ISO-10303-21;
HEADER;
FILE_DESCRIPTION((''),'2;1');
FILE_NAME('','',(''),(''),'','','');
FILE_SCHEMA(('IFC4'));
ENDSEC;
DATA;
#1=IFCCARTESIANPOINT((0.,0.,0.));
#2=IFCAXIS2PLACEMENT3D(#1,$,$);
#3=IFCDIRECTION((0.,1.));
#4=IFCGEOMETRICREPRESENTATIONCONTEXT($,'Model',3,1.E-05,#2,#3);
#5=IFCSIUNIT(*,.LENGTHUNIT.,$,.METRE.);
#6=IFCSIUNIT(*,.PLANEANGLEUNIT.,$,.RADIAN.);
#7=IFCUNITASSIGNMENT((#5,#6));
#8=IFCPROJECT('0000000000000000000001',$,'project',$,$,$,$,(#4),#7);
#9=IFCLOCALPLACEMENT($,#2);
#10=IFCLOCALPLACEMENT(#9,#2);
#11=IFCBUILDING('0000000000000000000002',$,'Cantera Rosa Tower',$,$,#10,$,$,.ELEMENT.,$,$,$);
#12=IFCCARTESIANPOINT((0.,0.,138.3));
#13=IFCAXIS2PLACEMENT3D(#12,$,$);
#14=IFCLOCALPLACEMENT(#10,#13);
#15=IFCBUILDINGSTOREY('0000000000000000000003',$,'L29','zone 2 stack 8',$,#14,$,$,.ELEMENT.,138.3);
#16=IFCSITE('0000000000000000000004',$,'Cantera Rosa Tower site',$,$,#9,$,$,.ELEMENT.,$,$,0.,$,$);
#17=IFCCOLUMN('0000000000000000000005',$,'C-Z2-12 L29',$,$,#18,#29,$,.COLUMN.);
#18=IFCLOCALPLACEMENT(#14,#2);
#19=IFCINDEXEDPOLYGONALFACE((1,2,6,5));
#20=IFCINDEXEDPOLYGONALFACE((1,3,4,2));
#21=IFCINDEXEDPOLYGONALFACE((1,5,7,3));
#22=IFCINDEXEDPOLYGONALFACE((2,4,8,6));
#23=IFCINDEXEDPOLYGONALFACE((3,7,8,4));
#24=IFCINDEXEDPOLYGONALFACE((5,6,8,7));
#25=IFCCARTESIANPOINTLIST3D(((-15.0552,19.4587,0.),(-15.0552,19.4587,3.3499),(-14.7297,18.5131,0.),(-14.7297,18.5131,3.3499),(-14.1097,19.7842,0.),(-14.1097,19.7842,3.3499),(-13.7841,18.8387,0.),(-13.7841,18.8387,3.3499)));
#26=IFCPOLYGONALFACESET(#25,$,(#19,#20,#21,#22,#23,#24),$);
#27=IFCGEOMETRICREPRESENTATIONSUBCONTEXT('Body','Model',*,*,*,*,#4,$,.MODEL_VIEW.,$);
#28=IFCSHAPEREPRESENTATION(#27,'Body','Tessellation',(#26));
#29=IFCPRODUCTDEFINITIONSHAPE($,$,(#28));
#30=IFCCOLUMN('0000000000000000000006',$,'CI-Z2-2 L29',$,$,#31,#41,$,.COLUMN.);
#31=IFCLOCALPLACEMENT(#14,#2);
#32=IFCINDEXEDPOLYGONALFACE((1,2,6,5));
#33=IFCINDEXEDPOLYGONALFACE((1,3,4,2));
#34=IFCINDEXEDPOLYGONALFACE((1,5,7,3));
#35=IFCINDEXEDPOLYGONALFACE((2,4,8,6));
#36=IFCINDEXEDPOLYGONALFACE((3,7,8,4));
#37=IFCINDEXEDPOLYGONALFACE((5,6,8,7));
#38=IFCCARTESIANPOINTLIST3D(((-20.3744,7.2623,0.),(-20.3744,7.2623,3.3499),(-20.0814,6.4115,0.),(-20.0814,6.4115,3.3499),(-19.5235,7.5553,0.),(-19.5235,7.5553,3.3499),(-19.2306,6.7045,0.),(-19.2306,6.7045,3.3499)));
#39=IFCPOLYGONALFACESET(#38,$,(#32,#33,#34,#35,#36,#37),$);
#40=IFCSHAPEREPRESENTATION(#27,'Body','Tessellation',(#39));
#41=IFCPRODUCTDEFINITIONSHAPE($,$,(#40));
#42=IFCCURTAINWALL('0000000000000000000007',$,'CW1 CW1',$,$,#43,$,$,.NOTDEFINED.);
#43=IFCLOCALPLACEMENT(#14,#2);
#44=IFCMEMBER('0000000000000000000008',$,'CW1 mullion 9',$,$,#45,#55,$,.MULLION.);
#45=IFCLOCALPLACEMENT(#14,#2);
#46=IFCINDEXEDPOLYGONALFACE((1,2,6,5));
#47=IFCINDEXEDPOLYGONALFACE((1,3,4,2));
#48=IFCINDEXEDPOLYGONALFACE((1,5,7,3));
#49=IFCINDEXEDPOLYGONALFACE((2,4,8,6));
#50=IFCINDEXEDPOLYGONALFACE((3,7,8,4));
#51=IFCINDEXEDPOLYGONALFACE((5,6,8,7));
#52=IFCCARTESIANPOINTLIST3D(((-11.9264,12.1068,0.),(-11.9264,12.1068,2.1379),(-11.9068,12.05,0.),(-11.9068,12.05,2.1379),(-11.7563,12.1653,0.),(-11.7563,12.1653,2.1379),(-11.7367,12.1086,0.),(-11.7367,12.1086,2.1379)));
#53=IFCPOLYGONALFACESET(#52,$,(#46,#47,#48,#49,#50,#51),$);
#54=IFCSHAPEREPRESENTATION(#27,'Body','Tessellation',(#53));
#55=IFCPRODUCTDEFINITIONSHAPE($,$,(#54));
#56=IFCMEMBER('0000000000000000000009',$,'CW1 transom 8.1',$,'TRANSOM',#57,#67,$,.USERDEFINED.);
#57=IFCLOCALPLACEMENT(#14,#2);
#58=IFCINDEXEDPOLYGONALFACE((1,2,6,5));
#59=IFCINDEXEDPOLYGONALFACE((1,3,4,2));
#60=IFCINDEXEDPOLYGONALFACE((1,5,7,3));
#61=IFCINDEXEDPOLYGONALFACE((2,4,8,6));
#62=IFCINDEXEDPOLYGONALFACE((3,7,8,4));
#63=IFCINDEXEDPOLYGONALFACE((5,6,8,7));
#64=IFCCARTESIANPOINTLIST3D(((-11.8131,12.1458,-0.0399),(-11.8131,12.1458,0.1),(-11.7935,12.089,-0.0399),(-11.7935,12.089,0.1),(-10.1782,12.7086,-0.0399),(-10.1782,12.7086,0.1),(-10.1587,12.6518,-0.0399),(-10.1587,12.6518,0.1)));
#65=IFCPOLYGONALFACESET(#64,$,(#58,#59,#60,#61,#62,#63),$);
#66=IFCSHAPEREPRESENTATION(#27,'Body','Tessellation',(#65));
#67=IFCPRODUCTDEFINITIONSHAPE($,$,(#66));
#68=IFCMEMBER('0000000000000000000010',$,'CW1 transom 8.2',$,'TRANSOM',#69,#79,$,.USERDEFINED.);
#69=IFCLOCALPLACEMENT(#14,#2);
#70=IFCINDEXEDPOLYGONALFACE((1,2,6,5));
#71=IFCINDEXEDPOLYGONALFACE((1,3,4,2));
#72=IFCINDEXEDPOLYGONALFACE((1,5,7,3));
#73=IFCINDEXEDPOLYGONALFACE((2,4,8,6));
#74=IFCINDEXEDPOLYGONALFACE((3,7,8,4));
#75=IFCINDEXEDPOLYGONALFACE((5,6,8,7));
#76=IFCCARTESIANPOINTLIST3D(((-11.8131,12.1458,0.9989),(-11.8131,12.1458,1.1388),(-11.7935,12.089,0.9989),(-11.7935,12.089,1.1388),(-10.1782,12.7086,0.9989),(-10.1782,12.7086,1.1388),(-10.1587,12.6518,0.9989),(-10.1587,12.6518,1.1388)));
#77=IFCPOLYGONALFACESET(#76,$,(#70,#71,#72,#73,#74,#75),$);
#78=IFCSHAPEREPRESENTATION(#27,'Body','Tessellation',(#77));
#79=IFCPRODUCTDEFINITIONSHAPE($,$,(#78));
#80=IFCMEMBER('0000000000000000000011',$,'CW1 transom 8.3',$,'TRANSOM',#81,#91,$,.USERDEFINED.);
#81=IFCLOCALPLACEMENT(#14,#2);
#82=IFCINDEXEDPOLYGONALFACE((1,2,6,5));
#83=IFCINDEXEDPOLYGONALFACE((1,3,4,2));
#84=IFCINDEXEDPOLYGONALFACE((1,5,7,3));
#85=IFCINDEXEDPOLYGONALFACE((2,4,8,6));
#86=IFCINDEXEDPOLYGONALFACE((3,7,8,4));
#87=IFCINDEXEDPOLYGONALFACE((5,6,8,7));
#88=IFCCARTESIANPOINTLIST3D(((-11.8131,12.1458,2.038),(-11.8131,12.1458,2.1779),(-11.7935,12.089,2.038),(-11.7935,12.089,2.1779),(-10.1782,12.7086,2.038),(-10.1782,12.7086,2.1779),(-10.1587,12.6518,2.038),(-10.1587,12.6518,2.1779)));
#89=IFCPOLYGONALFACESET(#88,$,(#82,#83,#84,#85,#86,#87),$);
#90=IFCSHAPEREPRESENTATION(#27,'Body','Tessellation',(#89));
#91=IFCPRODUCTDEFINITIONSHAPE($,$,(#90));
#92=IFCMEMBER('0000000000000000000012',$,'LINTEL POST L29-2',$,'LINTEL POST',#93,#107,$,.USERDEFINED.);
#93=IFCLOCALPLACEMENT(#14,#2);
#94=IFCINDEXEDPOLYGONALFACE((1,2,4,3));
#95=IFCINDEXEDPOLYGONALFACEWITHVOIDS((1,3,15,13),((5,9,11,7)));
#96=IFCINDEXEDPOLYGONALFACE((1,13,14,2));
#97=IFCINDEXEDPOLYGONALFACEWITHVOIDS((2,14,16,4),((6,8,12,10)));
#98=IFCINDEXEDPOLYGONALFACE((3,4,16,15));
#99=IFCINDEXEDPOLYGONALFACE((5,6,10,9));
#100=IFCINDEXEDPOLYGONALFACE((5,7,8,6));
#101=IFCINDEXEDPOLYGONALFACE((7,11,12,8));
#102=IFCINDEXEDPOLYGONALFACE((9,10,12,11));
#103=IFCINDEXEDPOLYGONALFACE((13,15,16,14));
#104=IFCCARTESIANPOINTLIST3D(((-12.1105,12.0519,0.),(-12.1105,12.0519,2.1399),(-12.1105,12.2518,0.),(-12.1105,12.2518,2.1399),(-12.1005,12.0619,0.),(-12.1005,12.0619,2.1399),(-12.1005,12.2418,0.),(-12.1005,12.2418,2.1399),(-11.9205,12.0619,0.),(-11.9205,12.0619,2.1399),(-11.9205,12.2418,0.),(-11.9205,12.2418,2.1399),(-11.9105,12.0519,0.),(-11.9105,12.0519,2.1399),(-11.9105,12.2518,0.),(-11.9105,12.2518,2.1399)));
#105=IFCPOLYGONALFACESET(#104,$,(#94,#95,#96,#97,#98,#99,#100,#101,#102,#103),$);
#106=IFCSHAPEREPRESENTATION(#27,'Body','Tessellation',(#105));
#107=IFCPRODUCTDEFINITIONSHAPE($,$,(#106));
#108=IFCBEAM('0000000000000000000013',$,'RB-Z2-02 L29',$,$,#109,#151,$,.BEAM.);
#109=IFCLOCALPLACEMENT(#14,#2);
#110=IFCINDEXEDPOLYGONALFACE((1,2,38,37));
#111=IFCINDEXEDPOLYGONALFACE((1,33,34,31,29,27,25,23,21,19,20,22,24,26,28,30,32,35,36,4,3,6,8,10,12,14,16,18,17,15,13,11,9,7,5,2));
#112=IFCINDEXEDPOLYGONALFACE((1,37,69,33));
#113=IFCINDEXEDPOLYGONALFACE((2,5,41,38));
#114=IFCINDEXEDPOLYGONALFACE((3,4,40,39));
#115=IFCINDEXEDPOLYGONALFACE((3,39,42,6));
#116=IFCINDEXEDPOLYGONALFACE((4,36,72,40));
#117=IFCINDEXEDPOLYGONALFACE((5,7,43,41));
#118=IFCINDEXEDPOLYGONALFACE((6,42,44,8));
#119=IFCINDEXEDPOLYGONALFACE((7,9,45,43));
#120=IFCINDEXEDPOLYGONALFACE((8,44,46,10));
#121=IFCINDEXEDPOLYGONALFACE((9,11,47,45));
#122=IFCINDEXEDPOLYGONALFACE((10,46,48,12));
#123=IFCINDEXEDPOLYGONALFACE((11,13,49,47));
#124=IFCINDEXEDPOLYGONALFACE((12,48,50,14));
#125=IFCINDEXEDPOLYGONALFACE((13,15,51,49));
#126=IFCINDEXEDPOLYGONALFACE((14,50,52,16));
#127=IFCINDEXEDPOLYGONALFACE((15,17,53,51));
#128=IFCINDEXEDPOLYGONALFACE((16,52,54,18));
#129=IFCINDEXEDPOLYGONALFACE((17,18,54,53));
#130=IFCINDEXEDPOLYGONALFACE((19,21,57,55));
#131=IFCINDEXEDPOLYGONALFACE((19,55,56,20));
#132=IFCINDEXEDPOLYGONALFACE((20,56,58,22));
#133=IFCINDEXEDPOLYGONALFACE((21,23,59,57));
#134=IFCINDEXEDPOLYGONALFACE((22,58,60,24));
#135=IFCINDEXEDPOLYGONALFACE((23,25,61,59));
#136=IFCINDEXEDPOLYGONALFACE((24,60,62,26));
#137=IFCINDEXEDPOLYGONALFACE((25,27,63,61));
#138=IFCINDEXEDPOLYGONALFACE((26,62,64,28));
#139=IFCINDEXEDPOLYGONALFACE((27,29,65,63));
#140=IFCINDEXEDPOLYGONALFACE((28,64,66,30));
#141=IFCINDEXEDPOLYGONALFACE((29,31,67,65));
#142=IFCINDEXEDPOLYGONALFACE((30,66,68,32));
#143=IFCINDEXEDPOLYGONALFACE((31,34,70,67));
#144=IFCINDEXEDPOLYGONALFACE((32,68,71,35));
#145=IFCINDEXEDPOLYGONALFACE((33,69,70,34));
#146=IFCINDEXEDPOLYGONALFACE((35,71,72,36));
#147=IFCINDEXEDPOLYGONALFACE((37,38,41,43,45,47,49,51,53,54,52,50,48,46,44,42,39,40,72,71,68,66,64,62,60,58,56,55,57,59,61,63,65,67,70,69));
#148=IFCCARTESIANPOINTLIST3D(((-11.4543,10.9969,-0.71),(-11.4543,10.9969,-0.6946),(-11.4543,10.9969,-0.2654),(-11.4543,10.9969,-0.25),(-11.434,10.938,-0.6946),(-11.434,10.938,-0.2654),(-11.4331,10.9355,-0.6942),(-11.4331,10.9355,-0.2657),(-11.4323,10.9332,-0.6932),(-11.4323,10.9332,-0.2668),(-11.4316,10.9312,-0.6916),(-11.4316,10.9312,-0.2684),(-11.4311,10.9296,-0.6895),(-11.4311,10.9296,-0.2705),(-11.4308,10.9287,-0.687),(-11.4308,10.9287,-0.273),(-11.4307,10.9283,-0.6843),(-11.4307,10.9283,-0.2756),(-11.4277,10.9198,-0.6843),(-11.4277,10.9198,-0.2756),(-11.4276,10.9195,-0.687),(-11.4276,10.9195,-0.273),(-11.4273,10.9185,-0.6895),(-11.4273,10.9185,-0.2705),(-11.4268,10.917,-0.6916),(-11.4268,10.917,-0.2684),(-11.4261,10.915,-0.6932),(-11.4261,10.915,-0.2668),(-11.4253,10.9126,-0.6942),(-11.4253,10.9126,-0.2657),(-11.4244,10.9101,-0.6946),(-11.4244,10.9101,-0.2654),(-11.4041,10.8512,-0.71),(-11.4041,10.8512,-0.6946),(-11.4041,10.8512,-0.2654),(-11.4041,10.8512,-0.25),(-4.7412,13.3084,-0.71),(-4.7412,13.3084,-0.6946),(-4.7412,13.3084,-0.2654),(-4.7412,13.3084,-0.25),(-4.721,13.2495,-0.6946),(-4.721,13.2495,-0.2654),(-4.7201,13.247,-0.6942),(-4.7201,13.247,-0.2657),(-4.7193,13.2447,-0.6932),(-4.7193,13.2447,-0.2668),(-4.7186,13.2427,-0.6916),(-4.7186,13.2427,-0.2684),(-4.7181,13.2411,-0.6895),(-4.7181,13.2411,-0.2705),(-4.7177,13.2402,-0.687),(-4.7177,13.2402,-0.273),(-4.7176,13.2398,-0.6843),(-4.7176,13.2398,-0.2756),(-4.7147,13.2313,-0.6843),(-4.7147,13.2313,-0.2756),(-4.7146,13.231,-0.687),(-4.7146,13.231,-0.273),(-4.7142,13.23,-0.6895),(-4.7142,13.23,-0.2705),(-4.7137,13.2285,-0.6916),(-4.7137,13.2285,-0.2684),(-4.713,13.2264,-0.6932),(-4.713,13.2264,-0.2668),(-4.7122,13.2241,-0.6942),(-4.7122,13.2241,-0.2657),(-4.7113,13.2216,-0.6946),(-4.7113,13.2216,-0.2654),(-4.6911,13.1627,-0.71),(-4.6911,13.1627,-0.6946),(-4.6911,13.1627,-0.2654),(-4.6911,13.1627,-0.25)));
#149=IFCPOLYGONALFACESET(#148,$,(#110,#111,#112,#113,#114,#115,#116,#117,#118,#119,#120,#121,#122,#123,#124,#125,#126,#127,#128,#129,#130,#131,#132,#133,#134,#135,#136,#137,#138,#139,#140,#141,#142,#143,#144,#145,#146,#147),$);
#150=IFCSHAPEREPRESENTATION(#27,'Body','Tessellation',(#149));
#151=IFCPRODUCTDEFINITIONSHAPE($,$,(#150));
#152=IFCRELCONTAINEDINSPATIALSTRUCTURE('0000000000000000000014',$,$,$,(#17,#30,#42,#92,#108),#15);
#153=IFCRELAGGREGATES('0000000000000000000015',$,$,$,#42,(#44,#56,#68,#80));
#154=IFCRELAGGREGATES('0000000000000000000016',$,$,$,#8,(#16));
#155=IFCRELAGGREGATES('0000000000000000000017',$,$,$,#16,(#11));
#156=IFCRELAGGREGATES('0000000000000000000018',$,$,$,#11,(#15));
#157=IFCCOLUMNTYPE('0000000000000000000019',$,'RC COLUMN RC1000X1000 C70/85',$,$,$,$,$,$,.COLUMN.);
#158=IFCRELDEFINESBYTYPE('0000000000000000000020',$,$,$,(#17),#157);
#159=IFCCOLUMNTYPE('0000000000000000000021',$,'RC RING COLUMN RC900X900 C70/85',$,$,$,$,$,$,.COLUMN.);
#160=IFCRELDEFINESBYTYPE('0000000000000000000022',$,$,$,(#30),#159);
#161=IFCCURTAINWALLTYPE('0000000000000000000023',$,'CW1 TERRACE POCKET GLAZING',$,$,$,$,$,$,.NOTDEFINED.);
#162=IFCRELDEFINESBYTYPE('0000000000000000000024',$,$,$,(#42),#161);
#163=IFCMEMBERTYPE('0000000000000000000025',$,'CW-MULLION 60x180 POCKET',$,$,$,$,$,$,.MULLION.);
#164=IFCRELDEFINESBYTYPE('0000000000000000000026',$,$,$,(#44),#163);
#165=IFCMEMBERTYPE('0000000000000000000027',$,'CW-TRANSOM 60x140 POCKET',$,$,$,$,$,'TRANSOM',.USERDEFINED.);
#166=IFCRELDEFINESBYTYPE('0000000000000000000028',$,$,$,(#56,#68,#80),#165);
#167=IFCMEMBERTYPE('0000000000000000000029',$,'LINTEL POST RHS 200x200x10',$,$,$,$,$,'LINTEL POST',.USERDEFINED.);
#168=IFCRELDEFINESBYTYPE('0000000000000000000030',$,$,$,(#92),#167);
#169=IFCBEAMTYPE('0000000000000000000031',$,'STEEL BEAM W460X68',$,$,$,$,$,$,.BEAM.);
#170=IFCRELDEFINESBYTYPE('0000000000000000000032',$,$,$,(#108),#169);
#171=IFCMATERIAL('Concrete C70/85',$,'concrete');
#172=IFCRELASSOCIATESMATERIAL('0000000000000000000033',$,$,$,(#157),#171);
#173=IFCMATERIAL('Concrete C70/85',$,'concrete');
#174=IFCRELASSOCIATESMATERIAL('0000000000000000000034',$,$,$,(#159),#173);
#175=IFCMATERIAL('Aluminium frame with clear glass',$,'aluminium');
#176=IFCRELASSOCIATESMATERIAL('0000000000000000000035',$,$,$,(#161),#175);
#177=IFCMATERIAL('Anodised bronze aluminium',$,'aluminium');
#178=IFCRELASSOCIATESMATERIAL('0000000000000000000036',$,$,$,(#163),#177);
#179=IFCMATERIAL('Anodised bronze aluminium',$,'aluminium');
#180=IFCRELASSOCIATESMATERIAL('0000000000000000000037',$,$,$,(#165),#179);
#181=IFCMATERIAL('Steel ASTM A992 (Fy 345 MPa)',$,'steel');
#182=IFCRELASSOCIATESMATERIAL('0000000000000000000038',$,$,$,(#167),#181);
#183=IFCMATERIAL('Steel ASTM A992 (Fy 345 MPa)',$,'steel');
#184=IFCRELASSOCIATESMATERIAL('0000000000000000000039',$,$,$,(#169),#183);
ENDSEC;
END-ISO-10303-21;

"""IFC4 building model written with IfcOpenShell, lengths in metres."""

from ifc_helpers import new_model, si_unit, direction, frame, origin, origin_2d, place, context, subcontext, project, spatial, rectangle, hollow_rectangle, i_section, extrude, material, material_profile, profile_set, type_object, element, aggregate, save


model = new_model("IFC4")

# Units and contexts
model_context = context("Model", 3, precision=1e-05, world=origin(), true_north=direction((0.0, 1.0)))
body_context = subcontext(model_context, "Body", "Model", "MODEL_VIEW")
ifc_project = project(units=[si_unit("LENGTHUNIT", "METRE"), si_unit("PLANEANGLEUNIT", "RADIAN")], contexts=[model_context])

# Site, building, storey
site_placement = place(None, origin())
site = spatial("IfcSite", under=ifc_project, at=site_placement, Name="Cantera Rosa Tower site", CompositionType="ELEMENT", RefElevation=0.0)
building_placement = place(site_placement, origin())
building = spatial("IfcBuilding", under=site, at=building_placement, Name="Cantera Rosa Tower", CompositionType="ELEMENT")
storey_placement = place(building_placement, frame((0.0, 0.0, 138.3)))
storey = spatial("IfcBuildingStorey", under=building, at=storey_placement, Name="L29", Description="zone 2 stack 8", CompositionType="ELEMENT", Elevation=138.3)

# Columns
ifc_material_1 = material(Name="Concrete C70/85", Category="concrete")
ifc_material_profile_1 = material_profile(ifc_material_1, rectangle(XDim=1.0, YDim=1.0, at=origin_2d()), Name="RC COLUMN RC1000X1000 C70/85")
ifc_profile_set_1 = profile_set([ifc_material_profile_1], Name="Concrete C70/85")
column_type_1 = type_object("IfcColumnType", Name="RC COLUMN RC1000X1000 C70/85", PredefinedType="COLUMN", material=ifc_profile_set_1)
column_1_placement = place(storey_placement, frame((-14.4197, 19.1487, 0.0), z_axis=(0.0, 0.0, 1.0), x_axis=(0.945519, 0.325568, 0.0)))
element("IfcColumn", 1, at=column_1_placement, inside=storey, type_object=column_type_1, Name="C-Z2-12 L29", PredefinedType="COLUMN", context=body_context, shape_type="SweptSolid", body=[
    extrude(rectangle(XDim=1.0, YDim=1.0, at=origin_2d()), origin(), (0.0, 0.0, 1.0), 3.3499),
])
ifc_material_2 = material(Name="Concrete C70/85", Category="concrete")
ifc_material_profile_2 = material_profile(ifc_material_2, rectangle(XDim=0.8999, YDim=0.8999, at=origin_2d()), Name="RC RING COLUMN RC900X900 C70/85")
ifc_profile_set_2 = profile_set([ifc_material_profile_2], Name="Concrete C70/85")
column_type_2 = type_object("IfcColumnType", Name="RC RING COLUMN RC900X900 C70/85", PredefinedType="COLUMN", material=ifc_profile_set_2)
column_2_placement = place(storey_placement, frame((-19.8025, 6.9834, 0.0), z_axis=(0.0, 0.0, 1.0), x_axis=(0.945519, 0.325568, 0.0)))
element("IfcColumn", 2, at=column_2_placement, inside=storey, type_object=column_type_2, Name="CI-Z2-2 L29", PredefinedType="COLUMN", context=body_context, shape_type="SweptSolid", body=[
    extrude(rectangle(XDim=0.8999, YDim=0.8999, at=origin_2d()), origin(), (0.0, 0.0, 1.0), 3.3499),
])

# Curtain wall, members
ifc_material_3 = material(Name="Aluminium frame with clear glass", Category="aluminium")
curtain_wall_type = type_object("IfcCurtainWallType", Name="CW1 TERRACE POCKET GLAZING", PredefinedType="NOTDEFINED", material=ifc_material_3)
curtain_wall_placement = place(storey_placement, origin())
curtain_wall = element("IfcCurtainWall", 3, at=curtain_wall_placement, inside=storey, type_object=curtain_wall_type, Name="CW1 CW1", PredefinedType="NOTDEFINED")
ifc_material_4 = material(Name="Anodised bronze aluminium", Category="aluminium")
ifc_material_profile_3 = material_profile(ifc_material_4, rectangle(XDim=0.0601, YDim=0.1799, at=origin_2d()), Name="CW-MULLION 60x180 POCKET")
ifc_profile_set_3 = profile_set([ifc_material_profile_3], Name="Anodised bronze aluminium")
member_type_1 = type_object("IfcMemberType", Name="CW-MULLION 60x180 POCKET", PredefinedType="MULLION", material=ifc_profile_set_3)
member_1_placement = place(storey_placement, frame((-11.8315, 12.1077, 0.0), z_axis=(0.0, 0.0, 1.0), x_axis=(0.325568, -0.945519, 0.0)))
member_1 = element("IfcMember", 4, at=member_1_placement, type_object=member_type_1, Name="CW1 mullion 9", PredefinedType="MULLION", context=body_context, shape_type="SweptSolid", body=[
    extrude(rectangle(XDim=0.0601, YDim=0.1799, at=origin_2d()), origin(), (0.0, 0.0, 1.0), 2.1379),
])
ifc_material_5 = material(Name="Anodised bronze aluminium", Category="aluminium")
ifc_material_profile_4 = material_profile(ifc_material_5, rectangle(XDim=0.0601, YDim=0.1399, at=origin_2d()), Name="CW-TRANSOM 60x140 POCKET")
ifc_profile_set_4 = profile_set([ifc_material_profile_4], Name="Anodised bronze aluminium")
member_type_2 = type_object("IfcMemberType", Name="CW-TRANSOM 60x140 POCKET", ElementType="TRANSOM", PredefinedType="USERDEFINED", material=ifc_profile_set_4)
member_2_placement = place(storey_placement, frame((-10.1685, 12.6802, 0.03), z_axis=(-0.945545, -0.32549, 0.0), x_axis=(0.32549, -0.945545, 0.0)))
member_2 = element("IfcMember", 5, at=member_2_placement, type_object=member_type_2, Name="CW1 transom 8.1", ObjectType="TRANSOM", PredefinedType="USERDEFINED", context=body_context, shape_type="SweptSolid", body=[
    extrude(rectangle(XDim=0.0601, YDim=0.1399, at=origin_2d()), origin(), (0.0, 0.0, 1.0), 1.729),
])
member_3_placement = place(storey_placement, frame((-10.1685, 12.6802, 1.0688), z_axis=(-0.945545, -0.32549, 0.0), x_axis=(0.32549, -0.945545, 0.0)))
member_3 = element("IfcMember", 6, at=member_3_placement, type_object=member_type_2, Name="CW1 transom 8.2", ObjectType="TRANSOM", PredefinedType="USERDEFINED", context=body_context, shape_type="SweptSolid", body=[
    extrude(rectangle(XDim=0.0601, YDim=0.1399, at=origin_2d()), origin(), (0.0, 0.0, 1.0), 1.729),
])
member_4_placement = place(storey_placement, frame((-10.1685, 12.6802, 2.1079), z_axis=(-0.945545, -0.32549, 0.0), x_axis=(0.32549, -0.945545, 0.0)))
member_4 = element("IfcMember", 7, at=member_4_placement, type_object=member_type_2, Name="CW1 transom 8.3", ObjectType="TRANSOM", PredefinedType="USERDEFINED", context=body_context, shape_type="SweptSolid", body=[
    extrude(rectangle(XDim=0.0601, YDim=0.1399, at=origin_2d()), origin(), (0.0, 0.0, 1.0), 1.729),
])

# Member
ifc_material_6 = material(Name="Steel ASTM A992 (Fy 345 MPa)", Category="steel")
ifc_material_profile_5 = material_profile(ifc_material_6, hollow_rectangle(XDim=0.2, YDim=0.2, WallThickness=0.01, at=origin_2d()), Name="LINTEL POST RHS 200x200x10")
ifc_profile_set_5 = profile_set([ifc_material_profile_5], Name="Steel ASTM A992 (Fy 345 MPa)")
member_type_3 = type_object("IfcMemberType", Name="LINTEL POST RHS 200x200x10", ElementType="LINTEL POST", PredefinedType="USERDEFINED", material=ifc_profile_set_5)
member_5_placement = place(storey_placement, frame((-12.0105, 12.1519, 0.0), z_axis=(0.0, 0.0, 1.0), x_axis=(1.0, 0.0, 0.0)))
element("IfcMember", 8, at=member_5_placement, inside=storey, type_object=member_type_3, Name="LINTEL POST L29-2", ObjectType="LINTEL POST", PredefinedType="USERDEFINED", context=body_context, shape_type="SweptSolid", body=[
    extrude(hollow_rectangle(XDim=0.2, YDim=0.2, WallThickness=0.01, at=origin_2d()), origin(), (0.0, 0.0, 1.0), 2.1399),
])

# Beam
ifc_material_7 = material(Name="Steel ASTM A992 (Fy 345 MPa)", Category="steel")
ifc_material_profile_6 = material_profile(ifc_material_7, i_section(OverallWidth=0.1541, OverallDepth=0.46, WebThickness=0.009, FlangeThickness=0.0154, FilletRadius=0.0103, at=origin_2d()), Name="W460X68")
ifc_profile_set_6 = profile_set([ifc_material_profile_6], Name="Steel ASTM A992 (Fy 345 MPa)")
beam_type_1 = type_object("IfcBeamType", Name="STEEL BEAM W460X68", PredefinedType="BEAM", material=ifc_profile_set_6)
beam_1_placement = place(storey_placement, frame((-11.4292, 10.9241, -0.48), z_axis=(0.945518, 0.325569, 0.0), x_axis=(-0.325569, 0.945518, 0.0)))
element("IfcBeam", 9, at=beam_1_placement, inside=storey, type_object=beam_type_1, Name="RB-Z2-02 L29", PredefinedType="BEAM", context=body_context, shape_type="SweptSolid", body=[
    extrude(i_section(OverallWidth=0.1541, OverallDepth=0.46, WebThickness=0.009, FlangeThickness=0.0154, FilletRadius=0.0103, at=origin_2d()), origin(), (0.0, 0.0, 1.0), 7.0999),
])

aggregate(curtain_wall, [member_1, member_2, member_3, member_4])

save(model, "model.ifc")
